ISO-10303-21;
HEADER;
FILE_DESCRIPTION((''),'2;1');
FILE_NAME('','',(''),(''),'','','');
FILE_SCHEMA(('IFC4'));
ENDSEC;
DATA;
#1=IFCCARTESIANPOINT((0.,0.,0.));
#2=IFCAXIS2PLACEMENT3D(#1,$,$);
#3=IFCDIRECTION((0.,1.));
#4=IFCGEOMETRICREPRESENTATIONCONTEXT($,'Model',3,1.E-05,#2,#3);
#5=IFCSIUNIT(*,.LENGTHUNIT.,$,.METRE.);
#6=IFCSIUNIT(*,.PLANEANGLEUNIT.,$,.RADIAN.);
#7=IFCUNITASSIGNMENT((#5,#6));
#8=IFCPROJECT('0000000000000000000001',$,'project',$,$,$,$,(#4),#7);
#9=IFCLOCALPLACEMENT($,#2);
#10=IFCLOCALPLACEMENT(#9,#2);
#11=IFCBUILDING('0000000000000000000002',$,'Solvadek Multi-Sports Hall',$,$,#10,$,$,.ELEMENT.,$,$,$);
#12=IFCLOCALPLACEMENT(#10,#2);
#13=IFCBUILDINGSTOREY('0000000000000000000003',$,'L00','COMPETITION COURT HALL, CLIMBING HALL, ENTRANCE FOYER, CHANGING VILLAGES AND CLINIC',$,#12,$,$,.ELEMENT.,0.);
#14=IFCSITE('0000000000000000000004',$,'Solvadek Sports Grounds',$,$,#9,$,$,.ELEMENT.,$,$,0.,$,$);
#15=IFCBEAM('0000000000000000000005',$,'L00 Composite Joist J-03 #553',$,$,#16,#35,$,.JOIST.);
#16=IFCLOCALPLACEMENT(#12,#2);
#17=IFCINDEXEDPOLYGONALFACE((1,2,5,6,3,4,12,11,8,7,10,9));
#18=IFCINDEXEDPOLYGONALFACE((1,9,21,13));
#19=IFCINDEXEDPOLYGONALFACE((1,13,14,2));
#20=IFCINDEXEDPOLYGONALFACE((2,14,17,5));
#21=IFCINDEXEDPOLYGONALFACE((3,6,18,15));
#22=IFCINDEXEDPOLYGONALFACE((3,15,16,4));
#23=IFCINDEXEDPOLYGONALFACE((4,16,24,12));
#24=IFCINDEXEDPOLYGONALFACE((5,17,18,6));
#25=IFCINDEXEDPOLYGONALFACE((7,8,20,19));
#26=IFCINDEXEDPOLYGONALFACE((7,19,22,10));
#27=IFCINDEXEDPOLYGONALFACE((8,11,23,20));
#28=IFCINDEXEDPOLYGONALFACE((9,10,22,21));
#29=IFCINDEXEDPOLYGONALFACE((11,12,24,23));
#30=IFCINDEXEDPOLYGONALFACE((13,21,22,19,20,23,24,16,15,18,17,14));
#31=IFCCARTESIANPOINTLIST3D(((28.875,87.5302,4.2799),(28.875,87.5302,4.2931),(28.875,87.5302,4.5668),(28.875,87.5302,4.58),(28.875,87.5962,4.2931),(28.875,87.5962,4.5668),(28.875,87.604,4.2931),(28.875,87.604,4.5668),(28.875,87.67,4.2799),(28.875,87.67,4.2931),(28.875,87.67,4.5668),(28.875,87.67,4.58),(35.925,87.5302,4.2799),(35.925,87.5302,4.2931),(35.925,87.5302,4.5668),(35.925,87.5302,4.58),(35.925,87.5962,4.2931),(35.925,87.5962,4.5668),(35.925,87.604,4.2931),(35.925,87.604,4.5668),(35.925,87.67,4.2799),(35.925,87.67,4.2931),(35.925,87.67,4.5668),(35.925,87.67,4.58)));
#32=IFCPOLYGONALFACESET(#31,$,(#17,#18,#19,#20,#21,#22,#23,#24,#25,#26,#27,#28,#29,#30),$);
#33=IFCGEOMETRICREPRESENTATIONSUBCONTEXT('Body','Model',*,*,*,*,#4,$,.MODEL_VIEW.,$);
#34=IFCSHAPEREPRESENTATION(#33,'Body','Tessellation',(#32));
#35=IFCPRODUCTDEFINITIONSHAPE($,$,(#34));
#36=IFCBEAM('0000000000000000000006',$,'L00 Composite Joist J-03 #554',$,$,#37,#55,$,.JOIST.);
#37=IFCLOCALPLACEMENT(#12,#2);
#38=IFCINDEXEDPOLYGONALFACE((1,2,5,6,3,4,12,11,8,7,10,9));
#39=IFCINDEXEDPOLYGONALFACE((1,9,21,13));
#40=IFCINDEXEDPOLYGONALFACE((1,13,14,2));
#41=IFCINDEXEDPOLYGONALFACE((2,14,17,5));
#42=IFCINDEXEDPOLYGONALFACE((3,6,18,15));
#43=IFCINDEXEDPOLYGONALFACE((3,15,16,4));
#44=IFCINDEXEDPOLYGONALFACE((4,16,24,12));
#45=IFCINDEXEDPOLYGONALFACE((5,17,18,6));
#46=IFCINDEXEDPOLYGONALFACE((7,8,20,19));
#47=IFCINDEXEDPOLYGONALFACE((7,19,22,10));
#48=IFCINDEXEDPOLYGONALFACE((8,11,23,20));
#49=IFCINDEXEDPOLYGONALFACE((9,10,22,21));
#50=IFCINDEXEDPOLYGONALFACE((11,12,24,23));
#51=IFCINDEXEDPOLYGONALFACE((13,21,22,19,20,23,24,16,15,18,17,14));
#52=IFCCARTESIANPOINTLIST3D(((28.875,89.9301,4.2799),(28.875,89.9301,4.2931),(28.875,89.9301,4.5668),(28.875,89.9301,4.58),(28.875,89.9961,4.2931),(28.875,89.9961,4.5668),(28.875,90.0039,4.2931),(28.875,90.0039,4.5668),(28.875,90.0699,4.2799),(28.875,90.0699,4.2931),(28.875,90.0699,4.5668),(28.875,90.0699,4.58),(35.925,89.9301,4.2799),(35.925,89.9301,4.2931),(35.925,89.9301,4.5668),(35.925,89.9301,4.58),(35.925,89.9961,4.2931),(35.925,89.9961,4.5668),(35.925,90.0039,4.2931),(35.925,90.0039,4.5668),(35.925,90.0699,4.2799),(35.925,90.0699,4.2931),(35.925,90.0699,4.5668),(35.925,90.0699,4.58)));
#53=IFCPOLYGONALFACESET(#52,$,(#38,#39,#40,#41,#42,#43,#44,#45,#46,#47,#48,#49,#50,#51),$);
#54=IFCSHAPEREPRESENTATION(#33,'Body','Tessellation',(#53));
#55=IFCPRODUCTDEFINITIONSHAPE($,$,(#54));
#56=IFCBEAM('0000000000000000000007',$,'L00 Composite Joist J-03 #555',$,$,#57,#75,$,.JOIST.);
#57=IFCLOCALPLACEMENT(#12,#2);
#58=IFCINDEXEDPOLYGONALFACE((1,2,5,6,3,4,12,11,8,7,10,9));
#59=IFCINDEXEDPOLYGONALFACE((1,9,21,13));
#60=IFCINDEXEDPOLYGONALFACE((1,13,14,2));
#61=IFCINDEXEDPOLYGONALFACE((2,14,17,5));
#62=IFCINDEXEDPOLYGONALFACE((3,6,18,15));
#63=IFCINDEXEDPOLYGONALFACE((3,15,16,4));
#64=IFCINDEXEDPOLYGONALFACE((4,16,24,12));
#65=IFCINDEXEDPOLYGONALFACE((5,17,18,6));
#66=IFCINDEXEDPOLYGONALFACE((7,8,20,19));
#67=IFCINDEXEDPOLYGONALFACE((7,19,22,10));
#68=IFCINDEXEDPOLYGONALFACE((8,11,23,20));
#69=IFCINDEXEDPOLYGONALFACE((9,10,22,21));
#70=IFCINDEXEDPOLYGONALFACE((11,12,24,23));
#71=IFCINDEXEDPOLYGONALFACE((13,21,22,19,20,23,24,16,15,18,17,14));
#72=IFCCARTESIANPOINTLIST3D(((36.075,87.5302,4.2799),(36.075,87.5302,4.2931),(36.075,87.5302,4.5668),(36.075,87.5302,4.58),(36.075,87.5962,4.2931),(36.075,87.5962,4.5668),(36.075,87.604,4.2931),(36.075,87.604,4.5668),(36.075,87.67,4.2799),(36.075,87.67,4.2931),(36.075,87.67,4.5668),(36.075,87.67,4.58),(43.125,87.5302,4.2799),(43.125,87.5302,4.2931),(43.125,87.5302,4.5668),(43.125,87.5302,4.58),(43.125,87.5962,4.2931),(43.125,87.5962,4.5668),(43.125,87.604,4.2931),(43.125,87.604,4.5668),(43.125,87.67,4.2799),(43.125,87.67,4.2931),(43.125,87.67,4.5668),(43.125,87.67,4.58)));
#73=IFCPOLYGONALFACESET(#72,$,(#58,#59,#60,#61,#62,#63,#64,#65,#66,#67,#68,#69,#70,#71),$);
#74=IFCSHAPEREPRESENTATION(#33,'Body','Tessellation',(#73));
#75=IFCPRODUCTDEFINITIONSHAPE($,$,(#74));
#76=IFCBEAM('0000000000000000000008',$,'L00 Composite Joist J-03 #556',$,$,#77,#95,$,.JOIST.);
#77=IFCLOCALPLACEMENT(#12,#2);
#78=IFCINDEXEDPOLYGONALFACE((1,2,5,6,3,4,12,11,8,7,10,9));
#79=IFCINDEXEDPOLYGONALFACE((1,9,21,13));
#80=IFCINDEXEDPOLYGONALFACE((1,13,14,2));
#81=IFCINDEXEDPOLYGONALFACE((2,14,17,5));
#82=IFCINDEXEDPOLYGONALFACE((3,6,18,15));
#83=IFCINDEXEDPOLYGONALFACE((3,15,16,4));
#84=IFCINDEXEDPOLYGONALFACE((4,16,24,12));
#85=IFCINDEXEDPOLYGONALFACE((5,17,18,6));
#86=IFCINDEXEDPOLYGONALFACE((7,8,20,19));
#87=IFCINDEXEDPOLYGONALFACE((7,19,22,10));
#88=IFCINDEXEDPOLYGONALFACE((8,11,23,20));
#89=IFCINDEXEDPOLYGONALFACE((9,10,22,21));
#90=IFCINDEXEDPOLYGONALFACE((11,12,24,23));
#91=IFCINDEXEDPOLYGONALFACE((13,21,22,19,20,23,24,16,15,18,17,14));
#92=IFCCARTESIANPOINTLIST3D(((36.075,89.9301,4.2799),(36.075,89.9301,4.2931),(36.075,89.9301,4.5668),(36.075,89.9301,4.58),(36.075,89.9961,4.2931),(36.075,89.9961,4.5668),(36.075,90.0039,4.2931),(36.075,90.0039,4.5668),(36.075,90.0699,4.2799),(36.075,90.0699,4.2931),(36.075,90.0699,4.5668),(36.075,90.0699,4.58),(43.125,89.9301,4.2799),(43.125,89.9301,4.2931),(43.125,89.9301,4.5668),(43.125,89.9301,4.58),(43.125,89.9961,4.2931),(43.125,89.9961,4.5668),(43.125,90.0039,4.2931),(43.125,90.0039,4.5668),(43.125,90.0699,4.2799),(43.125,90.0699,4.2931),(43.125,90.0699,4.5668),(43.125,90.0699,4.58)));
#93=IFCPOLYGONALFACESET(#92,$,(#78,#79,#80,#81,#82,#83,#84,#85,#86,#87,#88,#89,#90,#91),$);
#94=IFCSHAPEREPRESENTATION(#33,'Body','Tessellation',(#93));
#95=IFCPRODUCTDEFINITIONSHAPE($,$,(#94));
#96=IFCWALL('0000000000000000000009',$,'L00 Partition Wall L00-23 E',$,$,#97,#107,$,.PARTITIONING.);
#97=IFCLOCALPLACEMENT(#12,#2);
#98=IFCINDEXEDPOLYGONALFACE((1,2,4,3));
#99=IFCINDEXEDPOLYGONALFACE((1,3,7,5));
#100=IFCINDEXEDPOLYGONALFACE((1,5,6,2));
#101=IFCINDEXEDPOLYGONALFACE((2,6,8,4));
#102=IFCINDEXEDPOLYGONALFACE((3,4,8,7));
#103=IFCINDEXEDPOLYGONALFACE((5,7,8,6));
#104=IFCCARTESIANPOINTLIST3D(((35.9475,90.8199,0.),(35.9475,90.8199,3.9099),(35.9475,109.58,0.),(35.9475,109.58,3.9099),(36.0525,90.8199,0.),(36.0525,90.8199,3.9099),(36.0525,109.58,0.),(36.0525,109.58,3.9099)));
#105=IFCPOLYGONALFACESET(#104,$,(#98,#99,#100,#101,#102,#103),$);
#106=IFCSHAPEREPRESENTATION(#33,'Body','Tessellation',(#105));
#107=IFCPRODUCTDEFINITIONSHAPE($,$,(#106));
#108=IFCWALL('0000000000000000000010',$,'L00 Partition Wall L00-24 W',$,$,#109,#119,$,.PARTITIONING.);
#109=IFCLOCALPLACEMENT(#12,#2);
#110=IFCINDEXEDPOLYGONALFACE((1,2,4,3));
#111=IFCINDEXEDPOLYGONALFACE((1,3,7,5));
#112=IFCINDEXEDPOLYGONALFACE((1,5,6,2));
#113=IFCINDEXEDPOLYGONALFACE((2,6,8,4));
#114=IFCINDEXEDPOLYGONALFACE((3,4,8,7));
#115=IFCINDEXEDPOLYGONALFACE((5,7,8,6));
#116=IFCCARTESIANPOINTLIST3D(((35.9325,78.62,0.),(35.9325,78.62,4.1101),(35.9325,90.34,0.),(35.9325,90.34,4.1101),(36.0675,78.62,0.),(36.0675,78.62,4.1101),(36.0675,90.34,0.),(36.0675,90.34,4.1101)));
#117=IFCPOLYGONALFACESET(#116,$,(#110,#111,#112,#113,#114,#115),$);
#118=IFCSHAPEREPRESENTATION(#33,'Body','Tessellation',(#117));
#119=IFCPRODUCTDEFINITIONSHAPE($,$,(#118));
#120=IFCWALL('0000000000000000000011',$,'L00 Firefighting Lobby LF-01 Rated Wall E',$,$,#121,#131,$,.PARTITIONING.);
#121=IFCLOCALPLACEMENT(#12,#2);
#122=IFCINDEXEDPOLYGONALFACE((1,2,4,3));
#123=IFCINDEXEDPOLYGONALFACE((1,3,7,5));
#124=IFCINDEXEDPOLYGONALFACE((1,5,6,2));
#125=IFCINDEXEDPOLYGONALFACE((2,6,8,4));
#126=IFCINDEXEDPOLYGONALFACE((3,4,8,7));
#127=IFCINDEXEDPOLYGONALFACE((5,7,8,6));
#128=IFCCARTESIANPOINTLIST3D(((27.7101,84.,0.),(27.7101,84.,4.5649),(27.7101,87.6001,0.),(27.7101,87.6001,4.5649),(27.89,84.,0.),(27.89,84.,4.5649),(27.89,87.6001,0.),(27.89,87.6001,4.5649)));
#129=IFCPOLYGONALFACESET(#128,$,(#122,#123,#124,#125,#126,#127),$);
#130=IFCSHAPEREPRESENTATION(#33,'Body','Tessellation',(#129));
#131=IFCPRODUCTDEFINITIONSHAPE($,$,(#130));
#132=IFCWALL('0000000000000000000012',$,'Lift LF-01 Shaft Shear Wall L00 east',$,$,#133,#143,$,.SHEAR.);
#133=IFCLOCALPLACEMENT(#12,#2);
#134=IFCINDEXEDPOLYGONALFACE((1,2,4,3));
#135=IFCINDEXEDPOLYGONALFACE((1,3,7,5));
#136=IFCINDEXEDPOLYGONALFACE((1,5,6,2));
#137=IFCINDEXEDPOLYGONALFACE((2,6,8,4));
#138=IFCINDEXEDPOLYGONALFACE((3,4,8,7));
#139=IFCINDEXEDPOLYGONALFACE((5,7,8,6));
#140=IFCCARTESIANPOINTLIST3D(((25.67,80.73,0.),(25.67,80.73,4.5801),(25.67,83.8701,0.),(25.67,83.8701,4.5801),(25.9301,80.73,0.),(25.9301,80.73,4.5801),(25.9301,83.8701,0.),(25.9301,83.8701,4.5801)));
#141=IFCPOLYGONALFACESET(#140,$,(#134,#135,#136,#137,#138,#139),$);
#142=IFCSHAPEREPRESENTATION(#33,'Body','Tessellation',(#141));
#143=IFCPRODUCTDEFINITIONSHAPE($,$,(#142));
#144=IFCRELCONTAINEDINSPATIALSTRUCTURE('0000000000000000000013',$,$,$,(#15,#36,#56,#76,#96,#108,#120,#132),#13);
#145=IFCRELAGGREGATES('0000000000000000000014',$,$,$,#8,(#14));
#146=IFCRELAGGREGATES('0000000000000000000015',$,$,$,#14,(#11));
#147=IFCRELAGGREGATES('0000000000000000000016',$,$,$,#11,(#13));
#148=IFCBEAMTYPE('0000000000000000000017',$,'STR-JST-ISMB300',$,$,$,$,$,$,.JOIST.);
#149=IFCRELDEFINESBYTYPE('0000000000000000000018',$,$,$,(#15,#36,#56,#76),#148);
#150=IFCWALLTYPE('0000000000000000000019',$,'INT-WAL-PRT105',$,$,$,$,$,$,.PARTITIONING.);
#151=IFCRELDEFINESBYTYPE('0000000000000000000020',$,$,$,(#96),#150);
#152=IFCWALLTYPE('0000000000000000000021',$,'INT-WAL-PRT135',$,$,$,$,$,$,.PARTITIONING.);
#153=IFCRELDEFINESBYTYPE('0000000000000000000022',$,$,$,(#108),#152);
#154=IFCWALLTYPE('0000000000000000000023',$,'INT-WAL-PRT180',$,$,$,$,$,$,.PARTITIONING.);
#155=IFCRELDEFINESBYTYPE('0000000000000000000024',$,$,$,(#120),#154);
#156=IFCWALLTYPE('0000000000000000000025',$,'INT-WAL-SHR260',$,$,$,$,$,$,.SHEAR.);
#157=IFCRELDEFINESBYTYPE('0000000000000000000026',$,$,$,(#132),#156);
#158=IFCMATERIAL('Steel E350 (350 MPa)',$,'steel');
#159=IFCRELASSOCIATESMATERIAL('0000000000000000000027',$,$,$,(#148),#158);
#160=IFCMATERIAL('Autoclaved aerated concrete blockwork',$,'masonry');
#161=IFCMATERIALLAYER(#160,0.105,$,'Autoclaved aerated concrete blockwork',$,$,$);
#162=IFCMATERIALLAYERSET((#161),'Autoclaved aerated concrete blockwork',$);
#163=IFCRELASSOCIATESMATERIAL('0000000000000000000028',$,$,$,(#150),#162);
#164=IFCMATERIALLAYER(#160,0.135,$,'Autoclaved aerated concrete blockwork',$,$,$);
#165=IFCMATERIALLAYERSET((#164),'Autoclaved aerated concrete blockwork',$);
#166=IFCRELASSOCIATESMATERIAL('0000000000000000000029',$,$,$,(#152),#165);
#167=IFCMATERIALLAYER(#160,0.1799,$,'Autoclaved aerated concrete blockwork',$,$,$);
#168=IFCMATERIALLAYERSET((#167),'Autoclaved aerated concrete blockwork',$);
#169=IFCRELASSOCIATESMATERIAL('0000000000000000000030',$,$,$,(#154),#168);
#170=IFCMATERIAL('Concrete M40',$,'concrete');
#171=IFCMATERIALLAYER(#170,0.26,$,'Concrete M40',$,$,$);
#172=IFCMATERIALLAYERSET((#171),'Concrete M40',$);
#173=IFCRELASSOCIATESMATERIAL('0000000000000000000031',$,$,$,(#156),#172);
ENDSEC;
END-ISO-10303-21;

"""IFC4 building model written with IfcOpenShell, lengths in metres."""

from ifc_helpers import new_model, si_unit, direction, frame, frame_2d, origin, origin_2d, place, context, subcontext, project, spatial, rectangle, i_section, extrude, material, layer, layer_set, material_profile, profile_set, type_object, element, save


model = new_model("IFC4")

# Units and contexts
model_context = context("Model", 3, precision=1e-05, world=origin(), true_north=direction((0.0, 1.0)))
body_context = subcontext(model_context, "Body", "Model", "MODEL_VIEW")
ifc_project = project(units=[si_unit("LENGTHUNIT", "METRE"), si_unit("PLANEANGLEUNIT", "RADIAN")], contexts=[model_context])

# Site, building, storey
site_placement = place(None, origin())
site = spatial("IfcSite", under=ifc_project, at=site_placement, Name="Solvadek Sports Grounds", CompositionType="ELEMENT", RefElevation=0.0)
building_placement = place(site_placement, origin())
building = spatial("IfcBuilding", under=site, at=building_placement, Name="Solvadek Multi-Sports Hall", CompositionType="ELEMENT")
storey_placement = place(building_placement, origin())
storey = spatial("IfcBuildingStorey", under=building, at=storey_placement, Name="L00", Description="COMPETITION COURT HALL, CLIMBING HALL, ENTRANCE FOYER, CHANGING VILLAGES AND CLINIC", CompositionType="ELEMENT", Elevation=0.0)

# Shared definitions
ifc_material_1 = material(Name="Steel E350 (350 MPa)", Category="steel")

# Beams
ifc_material_profile_1 = material_profile(ifc_material_1, i_section(OverallWidth=0.1399, OverallDepth=0.3, WebThickness=0.0078, FlangeThickness=0.0132, at=origin_2d()), Name="ISMB 300")
ifc_profile_set_1 = profile_set([ifc_material_profile_1], Name="Steel E350 (350 MPa)")
beam_type_1 = type_object("IfcBeamType", Name="STR-JST-ISMB300", PredefinedType="JOIST", material=ifc_profile_set_1)
for number, where, z_axis, x_axis, name in (
    (1, (28.875, 87.6001, 4.4299), (1.0, 0.0, 0.0), (0.0, 1.0, 0.0), "L00 Composite Joist J-03 #553"),
    (2, (28.875, 90.0, 4.4299), (1.0, 0.0, 0.0), (0.0, 1.0, 0.0), "L00 Composite Joist J-03 #554"),
    (3, (36.075, 87.6001, 4.4299), (1.0, 0.0, 0.0), (0.0, 1.0, 0.0), "L00 Composite Joist J-03 #555"),
    (4, (36.075, 90.0, 4.4299), (1.0, 0.0, 0.0), (0.0, 1.0, 0.0), "L00 Composite Joist J-03 #556"),
):
    element("IfcBeam", number, at=place(storey_placement, frame(where, z_axis=z_axis, x_axis=x_axis)), inside=storey, type_object=beam_type_1, Name=name, PredefinedType="JOIST", context=body_context, shape_type="SweptSolid", body=[
        extrude(i_section(OverallWidth=0.1399, OverallDepth=0.3, WebThickness=0.0078, FlangeThickness=0.0132, at=origin_2d()), origin(), (0.0, 0.0, 1.0), 7.05),
    ])

# Walls
ifc_material_2 = material(Name="Autoclaved aerated concrete blockwork", Category="masonry")
ifc_layer_1 = layer(ifc_material_2, 0.105, Name="Autoclaved aerated concrete blockwork")
ifc_layer_set_1 = layer_set([ifc_layer_1], Name="Autoclaved aerated concrete blockwork")
wall_type_1 = type_object("IfcWallType", Name="INT-WAL-PRT105", PredefinedType="PARTITIONING", material=ifc_layer_set_1)
wall_1_placement = place(storey_placement, frame((36.0, 90.8201, 0.0), z_axis=(0.0, 0.0, 1.0), x_axis=(0.0, 1.0, 0.0)))
element("IfcWall", 5, at=wall_1_placement, inside=storey, type_object=wall_type_1, Name="L00 Partition Wall L00-23 E", PredefinedType="PARTITIONING", context=body_context, shape_type="SweptSolid", body=[
    extrude(rectangle(XDim=18.76, YDim=0.105, at=frame_2d((9.3799, 0.0))), origin(), (0.0, 0.0, 1.0), 3.9099),
])
ifc_layer_2 = layer(ifc_material_2, 0.135, Name="Autoclaved aerated concrete blockwork")
ifc_layer_set_2 = layer_set([ifc_layer_2], Name="Autoclaved aerated concrete blockwork")
wall_type_2 = type_object("IfcWallType", Name="INT-WAL-PRT135", PredefinedType="PARTITIONING", material=ifc_layer_set_2)
wall_2_placement = place(storey_placement, frame((36.0, 78.6201, 0.0), z_axis=(0.0, 0.0, 1.0), x_axis=(0.0, 1.0, 0.0)))
element("IfcWall", 6, at=wall_2_placement, inside=storey, type_object=wall_type_2, Name="L00 Partition Wall L00-24 W", PredefinedType="PARTITIONING", context=body_context, shape_type="SweptSolid", body=[
    extrude(rectangle(XDim=11.72, YDim=0.135, at=frame_2d((5.8599, 0.0))), origin(), (0.0, 0.0, 1.0), 4.1101),
])
ifc_layer_3 = layer(ifc_material_2, 0.1799, Name="Autoclaved aerated concrete blockwork")
ifc_layer_set_3 = layer_set([ifc_layer_3], Name="Autoclaved aerated concrete blockwork")
wall_type_3 = type_object("IfcWallType", Name="INT-WAL-PRT180", PredefinedType="PARTITIONING", material=ifc_layer_set_3)
wall_3_placement = place(storey_placement, frame((27.8, 84.0, 0.0), z_axis=(0.0, 0.0, 1.0), x_axis=(0.0, 1.0, 0.0)))
element("IfcWall", 7, at=wall_3_placement, inside=storey, type_object=wall_type_3, Name="L00 Firefighting Lobby LF-01 Rated Wall E", PredefinedType="PARTITIONING", context=body_context, shape_type="SweptSolid", body=[
    extrude(rectangle(XDim=3.6001, YDim=0.1799, at=frame_2d((1.8, 0.0))), origin(), (0.0, 0.0, 1.0), 4.5649),
])
ifc_material_3 = material(Name="Concrete M40", Category="concrete")
ifc_layer_4 = layer(ifc_material_3, 0.26, Name="Concrete M40")
ifc_layer_set_4 = layer_set([ifc_layer_4], Name="Concrete M40")
wall_type_4 = type_object("IfcWallType", Name="INT-WAL-SHR260", PredefinedType="SHEAR", material=ifc_layer_set_4)
wall_4_placement = place(storey_placement, frame((25.8, 80.73, 0.0), z_axis=(0.0, 0.0, 1.0), x_axis=(0.0, 1.0, 0.0)))
element("IfcWall", 8, at=wall_4_placement, inside=storey, type_object=wall_type_4, Name="Lift LF-01 Shaft Shear Wall L00 east", PredefinedType="SHEAR", context=body_context, shape_type="SweptSolid", body=[
    extrude(rectangle(XDim=3.1401, YDim=0.26, at=frame_2d((1.5701, 0.0))), origin(), (0.0, 0.0, 1.0), 4.5801),
])

save(model, "model.ifc")
